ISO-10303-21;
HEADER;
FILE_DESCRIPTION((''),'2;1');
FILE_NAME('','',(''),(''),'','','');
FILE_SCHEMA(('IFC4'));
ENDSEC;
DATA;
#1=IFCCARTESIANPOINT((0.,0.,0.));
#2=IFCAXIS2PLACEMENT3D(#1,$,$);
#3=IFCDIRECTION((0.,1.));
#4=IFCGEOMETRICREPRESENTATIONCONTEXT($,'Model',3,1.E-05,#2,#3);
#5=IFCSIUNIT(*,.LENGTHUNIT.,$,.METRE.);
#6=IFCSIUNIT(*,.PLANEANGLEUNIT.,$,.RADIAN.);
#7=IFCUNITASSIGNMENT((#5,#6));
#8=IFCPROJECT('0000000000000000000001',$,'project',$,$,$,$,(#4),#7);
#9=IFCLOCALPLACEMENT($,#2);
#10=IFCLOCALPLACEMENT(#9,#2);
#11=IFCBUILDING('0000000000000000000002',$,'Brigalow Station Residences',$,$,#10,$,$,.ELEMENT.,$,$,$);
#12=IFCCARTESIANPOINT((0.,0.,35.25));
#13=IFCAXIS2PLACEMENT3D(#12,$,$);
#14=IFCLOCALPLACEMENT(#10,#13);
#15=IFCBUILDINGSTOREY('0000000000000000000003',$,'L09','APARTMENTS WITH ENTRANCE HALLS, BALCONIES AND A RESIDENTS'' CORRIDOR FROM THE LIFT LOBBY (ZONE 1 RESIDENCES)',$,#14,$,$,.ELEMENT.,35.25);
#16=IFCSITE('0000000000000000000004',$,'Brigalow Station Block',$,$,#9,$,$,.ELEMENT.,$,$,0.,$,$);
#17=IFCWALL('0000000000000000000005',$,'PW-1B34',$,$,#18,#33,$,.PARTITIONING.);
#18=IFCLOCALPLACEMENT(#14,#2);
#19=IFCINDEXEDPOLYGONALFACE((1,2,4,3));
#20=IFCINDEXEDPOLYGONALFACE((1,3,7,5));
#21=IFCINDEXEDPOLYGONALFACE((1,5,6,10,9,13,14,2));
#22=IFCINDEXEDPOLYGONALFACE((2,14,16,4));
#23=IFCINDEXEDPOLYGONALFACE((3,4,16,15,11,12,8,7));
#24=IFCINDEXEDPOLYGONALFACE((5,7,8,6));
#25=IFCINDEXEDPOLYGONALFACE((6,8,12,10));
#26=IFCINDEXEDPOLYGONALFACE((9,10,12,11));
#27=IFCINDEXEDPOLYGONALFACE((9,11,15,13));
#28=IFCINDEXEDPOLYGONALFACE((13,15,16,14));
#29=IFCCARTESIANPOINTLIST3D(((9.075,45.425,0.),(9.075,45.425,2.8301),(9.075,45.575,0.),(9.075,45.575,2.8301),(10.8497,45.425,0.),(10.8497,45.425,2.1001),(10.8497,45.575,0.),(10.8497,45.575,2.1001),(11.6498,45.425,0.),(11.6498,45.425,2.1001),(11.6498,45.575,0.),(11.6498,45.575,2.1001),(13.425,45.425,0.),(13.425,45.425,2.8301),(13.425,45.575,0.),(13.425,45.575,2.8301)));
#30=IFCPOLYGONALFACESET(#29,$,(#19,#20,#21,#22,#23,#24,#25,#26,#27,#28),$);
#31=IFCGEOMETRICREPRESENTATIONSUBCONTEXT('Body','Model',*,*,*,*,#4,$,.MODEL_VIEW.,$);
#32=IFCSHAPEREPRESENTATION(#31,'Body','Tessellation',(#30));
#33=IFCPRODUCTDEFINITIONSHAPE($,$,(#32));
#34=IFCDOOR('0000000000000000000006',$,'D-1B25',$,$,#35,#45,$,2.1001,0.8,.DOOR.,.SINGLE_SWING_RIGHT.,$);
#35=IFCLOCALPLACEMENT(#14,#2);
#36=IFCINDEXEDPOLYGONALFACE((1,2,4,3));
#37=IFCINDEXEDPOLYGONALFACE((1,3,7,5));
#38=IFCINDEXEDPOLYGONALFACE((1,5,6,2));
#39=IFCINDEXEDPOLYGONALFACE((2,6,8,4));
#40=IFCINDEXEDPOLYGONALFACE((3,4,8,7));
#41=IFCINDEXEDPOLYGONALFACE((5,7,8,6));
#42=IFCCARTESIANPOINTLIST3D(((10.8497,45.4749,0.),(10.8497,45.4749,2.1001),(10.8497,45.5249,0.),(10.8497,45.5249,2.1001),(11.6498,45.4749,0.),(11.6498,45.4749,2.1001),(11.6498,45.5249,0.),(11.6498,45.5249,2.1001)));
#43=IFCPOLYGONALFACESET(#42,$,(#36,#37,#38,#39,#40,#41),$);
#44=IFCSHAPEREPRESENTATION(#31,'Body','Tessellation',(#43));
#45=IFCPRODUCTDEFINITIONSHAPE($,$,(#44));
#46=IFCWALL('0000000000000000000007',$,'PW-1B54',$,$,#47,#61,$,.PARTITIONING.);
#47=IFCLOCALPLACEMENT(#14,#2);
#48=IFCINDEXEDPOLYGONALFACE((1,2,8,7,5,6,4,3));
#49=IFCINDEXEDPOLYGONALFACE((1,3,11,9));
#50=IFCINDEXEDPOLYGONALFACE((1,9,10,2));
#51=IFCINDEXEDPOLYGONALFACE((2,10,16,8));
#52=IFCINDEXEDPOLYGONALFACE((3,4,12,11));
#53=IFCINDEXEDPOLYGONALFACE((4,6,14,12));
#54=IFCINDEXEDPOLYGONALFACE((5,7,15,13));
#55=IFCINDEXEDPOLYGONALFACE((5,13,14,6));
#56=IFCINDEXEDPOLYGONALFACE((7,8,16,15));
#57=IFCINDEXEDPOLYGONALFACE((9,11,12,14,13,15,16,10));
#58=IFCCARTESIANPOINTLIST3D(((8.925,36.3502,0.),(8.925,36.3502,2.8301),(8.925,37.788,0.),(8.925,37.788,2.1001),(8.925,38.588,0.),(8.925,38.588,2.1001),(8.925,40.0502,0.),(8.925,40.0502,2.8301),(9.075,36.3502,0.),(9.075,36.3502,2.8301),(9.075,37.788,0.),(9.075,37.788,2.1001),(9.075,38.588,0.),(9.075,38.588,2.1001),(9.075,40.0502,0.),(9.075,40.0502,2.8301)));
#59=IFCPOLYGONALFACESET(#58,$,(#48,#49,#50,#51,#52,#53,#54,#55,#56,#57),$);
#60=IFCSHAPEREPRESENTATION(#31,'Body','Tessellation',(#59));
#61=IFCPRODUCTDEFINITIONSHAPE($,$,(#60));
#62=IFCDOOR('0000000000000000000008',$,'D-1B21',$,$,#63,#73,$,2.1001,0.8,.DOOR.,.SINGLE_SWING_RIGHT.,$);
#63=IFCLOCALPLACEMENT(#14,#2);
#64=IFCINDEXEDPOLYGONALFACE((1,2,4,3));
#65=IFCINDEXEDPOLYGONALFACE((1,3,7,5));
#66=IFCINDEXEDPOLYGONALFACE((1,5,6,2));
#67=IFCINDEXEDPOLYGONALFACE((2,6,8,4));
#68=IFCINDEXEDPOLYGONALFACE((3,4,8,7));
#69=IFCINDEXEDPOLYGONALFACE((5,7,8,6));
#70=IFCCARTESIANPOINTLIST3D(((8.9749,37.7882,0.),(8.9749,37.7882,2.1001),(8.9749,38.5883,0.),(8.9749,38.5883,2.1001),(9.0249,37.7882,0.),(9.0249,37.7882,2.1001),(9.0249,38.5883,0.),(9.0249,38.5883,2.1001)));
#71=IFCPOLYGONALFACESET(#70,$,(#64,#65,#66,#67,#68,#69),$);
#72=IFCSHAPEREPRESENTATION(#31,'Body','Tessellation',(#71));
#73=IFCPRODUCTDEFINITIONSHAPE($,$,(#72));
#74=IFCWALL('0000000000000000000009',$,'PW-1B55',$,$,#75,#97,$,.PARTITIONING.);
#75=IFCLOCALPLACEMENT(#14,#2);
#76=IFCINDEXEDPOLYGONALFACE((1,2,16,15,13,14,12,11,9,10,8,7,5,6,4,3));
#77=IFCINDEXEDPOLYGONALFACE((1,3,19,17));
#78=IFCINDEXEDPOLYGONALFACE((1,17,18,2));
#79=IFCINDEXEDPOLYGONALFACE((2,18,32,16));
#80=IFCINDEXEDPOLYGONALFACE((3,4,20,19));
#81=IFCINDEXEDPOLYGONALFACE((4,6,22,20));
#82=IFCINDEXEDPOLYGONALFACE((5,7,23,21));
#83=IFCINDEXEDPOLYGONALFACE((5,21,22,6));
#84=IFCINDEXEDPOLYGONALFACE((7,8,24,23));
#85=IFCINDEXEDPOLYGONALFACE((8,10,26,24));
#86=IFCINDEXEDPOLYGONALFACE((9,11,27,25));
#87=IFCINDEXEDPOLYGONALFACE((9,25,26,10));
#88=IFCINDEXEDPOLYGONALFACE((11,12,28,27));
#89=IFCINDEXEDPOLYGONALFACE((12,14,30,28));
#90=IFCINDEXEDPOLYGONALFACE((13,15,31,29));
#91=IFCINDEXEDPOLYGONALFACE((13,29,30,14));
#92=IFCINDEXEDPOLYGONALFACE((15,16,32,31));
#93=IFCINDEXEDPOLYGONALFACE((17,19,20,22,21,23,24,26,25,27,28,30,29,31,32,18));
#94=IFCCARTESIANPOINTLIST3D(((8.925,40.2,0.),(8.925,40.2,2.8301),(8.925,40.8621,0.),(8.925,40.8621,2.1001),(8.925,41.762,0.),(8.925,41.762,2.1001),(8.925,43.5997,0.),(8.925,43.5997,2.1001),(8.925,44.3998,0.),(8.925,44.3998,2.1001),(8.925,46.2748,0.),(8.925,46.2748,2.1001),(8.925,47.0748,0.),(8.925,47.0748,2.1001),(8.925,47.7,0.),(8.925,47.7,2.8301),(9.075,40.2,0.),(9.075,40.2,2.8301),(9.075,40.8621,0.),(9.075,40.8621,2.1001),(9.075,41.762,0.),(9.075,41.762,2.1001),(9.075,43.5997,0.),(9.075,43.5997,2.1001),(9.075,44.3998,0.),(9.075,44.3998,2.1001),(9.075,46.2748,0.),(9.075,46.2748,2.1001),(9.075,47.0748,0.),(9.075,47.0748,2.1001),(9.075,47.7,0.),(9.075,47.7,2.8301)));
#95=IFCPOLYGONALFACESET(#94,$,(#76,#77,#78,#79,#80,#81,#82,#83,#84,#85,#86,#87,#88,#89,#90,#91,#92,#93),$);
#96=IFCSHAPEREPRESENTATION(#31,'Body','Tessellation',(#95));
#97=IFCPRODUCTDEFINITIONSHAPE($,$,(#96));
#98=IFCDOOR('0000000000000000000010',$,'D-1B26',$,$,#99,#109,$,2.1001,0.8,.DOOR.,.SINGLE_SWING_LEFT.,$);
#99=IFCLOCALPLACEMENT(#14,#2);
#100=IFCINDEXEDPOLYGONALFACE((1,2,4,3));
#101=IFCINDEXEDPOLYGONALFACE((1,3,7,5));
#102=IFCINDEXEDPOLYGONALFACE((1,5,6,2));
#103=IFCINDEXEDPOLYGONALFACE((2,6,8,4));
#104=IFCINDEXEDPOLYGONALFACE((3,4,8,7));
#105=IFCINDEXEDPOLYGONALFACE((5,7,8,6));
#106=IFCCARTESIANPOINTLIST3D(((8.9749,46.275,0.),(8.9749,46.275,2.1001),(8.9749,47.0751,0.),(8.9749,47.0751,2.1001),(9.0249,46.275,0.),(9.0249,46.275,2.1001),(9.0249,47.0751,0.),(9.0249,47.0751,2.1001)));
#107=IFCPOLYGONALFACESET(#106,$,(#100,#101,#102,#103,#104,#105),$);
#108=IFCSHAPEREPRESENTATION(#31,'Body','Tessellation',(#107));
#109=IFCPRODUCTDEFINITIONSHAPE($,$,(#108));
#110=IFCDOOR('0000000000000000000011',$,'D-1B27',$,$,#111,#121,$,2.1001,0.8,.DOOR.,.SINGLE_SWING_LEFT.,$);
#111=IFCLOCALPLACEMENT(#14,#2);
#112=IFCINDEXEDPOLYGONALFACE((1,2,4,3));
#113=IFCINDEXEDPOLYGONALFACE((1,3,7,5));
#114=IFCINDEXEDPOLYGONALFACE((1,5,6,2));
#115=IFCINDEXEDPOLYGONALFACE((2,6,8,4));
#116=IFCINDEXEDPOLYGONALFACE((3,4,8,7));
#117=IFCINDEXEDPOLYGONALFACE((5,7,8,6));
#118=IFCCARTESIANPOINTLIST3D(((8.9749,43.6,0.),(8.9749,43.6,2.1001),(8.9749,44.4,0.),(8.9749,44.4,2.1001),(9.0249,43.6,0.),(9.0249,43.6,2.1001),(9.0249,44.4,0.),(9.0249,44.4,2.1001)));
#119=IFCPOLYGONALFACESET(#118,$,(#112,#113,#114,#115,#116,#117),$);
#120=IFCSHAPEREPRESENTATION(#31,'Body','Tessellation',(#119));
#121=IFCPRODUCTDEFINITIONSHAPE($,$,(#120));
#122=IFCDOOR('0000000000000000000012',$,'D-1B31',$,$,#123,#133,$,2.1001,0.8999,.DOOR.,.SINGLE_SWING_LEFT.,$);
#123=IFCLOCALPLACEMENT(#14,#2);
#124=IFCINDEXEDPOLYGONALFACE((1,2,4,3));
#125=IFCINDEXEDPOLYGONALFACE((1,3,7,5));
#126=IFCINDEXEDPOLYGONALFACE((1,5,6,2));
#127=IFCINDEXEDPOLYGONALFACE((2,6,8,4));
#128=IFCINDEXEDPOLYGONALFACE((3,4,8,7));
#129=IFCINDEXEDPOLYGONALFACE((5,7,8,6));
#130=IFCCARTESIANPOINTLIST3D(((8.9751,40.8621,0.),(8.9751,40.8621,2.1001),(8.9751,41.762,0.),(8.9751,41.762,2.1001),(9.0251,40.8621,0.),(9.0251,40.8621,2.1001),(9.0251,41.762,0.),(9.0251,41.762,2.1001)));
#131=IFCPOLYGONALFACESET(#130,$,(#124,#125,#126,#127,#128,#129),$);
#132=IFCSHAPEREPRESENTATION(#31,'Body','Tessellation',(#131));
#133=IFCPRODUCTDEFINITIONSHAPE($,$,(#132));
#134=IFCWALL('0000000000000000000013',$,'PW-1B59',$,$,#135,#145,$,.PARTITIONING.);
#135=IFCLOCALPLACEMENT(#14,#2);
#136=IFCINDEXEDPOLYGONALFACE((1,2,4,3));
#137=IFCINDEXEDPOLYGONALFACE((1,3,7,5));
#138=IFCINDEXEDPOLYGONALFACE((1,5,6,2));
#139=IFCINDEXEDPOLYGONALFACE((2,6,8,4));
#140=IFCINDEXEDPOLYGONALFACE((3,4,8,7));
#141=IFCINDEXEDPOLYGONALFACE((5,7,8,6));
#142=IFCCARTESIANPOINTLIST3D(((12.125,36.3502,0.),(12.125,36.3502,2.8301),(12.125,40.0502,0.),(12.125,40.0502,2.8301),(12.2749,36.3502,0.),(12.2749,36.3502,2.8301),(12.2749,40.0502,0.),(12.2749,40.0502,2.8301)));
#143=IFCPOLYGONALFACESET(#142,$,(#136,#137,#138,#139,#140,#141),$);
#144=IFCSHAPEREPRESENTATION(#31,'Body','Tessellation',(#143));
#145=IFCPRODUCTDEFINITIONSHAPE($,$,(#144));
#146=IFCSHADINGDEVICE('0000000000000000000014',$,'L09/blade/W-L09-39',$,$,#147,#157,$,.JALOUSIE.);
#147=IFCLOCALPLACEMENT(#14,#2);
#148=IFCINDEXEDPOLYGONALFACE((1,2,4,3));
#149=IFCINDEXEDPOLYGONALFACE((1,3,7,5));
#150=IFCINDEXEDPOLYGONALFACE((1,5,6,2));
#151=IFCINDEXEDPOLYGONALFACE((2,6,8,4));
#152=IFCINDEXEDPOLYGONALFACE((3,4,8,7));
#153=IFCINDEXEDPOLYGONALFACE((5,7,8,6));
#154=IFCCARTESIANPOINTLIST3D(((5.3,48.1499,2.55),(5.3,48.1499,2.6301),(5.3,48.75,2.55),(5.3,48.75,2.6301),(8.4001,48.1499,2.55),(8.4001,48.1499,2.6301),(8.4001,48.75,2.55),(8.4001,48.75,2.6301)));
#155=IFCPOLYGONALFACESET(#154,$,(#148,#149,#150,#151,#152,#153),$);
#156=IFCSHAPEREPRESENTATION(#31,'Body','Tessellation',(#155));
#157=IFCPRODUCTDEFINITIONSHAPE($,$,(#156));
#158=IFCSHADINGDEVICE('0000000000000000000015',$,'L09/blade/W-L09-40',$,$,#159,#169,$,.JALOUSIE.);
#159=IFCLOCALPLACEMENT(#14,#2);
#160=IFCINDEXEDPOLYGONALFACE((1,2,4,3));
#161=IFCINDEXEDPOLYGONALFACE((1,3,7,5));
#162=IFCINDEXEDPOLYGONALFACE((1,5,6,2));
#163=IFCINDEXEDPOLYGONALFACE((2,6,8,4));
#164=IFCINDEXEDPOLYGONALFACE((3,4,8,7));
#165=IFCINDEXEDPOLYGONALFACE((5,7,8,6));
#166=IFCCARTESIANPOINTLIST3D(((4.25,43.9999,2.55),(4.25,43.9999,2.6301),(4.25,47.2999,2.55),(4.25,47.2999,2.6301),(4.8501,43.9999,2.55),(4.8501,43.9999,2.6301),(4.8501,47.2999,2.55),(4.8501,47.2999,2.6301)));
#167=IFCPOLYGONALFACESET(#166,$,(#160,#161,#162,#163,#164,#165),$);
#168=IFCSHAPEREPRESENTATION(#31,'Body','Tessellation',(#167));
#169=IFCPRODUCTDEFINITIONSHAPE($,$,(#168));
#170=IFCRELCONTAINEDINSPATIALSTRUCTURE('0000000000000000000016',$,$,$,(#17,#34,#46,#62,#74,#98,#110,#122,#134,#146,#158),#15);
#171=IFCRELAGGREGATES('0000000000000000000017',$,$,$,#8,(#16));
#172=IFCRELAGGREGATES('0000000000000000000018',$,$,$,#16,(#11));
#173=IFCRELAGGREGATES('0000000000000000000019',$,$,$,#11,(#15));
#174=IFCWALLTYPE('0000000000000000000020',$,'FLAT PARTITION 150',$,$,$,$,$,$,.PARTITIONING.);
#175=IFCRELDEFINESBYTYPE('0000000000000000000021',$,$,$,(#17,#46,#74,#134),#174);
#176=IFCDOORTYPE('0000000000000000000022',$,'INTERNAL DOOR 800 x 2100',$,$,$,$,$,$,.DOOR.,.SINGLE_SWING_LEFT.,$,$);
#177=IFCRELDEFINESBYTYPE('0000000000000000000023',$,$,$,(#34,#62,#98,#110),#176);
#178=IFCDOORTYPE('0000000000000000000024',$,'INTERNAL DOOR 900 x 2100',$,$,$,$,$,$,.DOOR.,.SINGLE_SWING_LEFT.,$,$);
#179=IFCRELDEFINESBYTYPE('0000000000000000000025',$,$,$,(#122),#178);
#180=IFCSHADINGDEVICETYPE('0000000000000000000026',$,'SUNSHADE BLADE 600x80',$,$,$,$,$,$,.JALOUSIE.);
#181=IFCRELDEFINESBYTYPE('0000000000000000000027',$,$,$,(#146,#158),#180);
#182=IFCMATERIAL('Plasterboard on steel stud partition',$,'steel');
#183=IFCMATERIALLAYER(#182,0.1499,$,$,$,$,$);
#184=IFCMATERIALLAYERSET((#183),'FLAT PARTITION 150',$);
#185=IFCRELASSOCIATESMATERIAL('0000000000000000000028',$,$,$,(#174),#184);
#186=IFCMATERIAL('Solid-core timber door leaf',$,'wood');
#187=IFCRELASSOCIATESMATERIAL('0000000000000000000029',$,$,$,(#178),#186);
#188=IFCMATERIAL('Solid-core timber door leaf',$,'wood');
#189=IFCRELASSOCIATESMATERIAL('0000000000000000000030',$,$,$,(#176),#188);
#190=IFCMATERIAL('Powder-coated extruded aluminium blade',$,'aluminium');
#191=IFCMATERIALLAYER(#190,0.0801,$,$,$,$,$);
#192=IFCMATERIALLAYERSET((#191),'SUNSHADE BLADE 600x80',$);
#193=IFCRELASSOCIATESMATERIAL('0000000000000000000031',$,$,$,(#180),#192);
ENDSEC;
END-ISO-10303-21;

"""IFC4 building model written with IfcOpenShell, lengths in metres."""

from ifc_helpers import new_model, si_unit, direction, frame, frame_2d, origin, origin_2d, place, context, subcontext, project, spatial, rectangle, extrude, material, layer, layer_set, type_object, element, fill, save


model = new_model("IFC4")

# Units and contexts
model_context = context("Model", 3, precision=1e-05, world=origin(), true_north=direction((0.0, 1.0)))
body_context = subcontext(model_context, "Body", "Model", "MODEL_VIEW")
ifc_project = project(units=[si_unit("LENGTHUNIT", "METRE"), si_unit("PLANEANGLEUNIT", "RADIAN")], contexts=[model_context])

# Site, building, storey
site_placement = place(None, origin())
site = spatial("IfcSite", under=ifc_project, at=site_placement, Name="Brigalow Station Block", CompositionType="ELEMENT", RefElevation=0.0)
building_placement = place(site_placement, origin())
building = spatial("IfcBuilding", under=site, at=building_placement, Name="Brigalow Station Residences", CompositionType="ELEMENT")
storey_placement = place(building_placement, frame((0.0, 0.0, 35.25)))
storey = spatial("IfcBuildingStorey", under=building, at=storey_placement, Name="L09", Description="APARTMENTS WITH ENTRANCE HALLS, BALCONIES AND A RESIDENTS' CORRIDOR FROM THE LIFT LOBBY (ZONE 1 RESIDENCES)", CompositionType="ELEMENT", Elevation=35.25)

# Shared definitions
ifc_material_1 = material(Name="Plasterboard on steel stud partition", Category="steel")
ifc_layer_1 = layer(ifc_material_1, 0.1499)
ifc_layer_set_1 = layer_set([ifc_layer_1], Name="FLAT PARTITION 150")
wall_type_1 = type_object("IfcWallType", Name="FLAT PARTITION 150", PredefinedType="PARTITIONING", material=ifc_layer_set_1)
ifc_material_2 = material(Name="Solid-core timber door leaf", Category="wood")
door_type_1 = type_object("IfcDoorType", Name="INTERNAL DOOR 900 x 2100", OperationType="SINGLE_SWING_LEFT", PredefinedType="DOOR", material=ifc_material_2)

# Walls, openings, doors
wall_1_placement = place(storey_placement, frame((9.075, 45.5, 0.0), z_axis=(0.0, 0.0, 1.0), x_axis=(1.0, 0.0, 0.0)))
wall_1 = element("IfcWall", 1, at=wall_1_placement, inside=storey, type_object=wall_type_1, Name="PW-1B34", PredefinedType="PARTITIONING", context=body_context, shape_type="SweptSolid", body=[
    extrude(rectangle(XDim=4.3501, YDim=0.1499, at=frame_2d((2.175, 0.0))), origin(), (0.0, 0.0, 1.0), 2.8301),
])
opening_1_placement = place(wall_1_placement, frame((1.7749, 0.0, 0.0)))
opening_1 = element("IfcOpeningElement", 2, at=opening_1_placement, cuts=wall_1, PredefinedType="OPENING", context=body_context, shape_type="SweptSolid", body=[
    extrude(rectangle(XDim=0.8, YDim=2.1001, at=frame_2d((0.3999, 1.05))), frame((0.0, 0.085, 0.0), z_axis=(0.0, -1.0, 0.0), x_axis=(1.0, 0.0, 0.0)), (0.0, 0.0, 1.0), 0.1699),
])
ifc_material_3 = material(Name="Solid-core timber door leaf", Category="wood")
door_type_2 = type_object("IfcDoorType", Name="INTERNAL DOOR 800 x 2100", OperationType="SINGLE_SWING_LEFT", PredefinedType="DOOR", material=ifc_material_3)
door_1_placement = place(opening_1_placement, origin())
door_1 = element("IfcDoor", 3, at=door_1_placement, inside=storey, type_object=door_type_2, Name="D-1B25", OperationType="SINGLE_SWING_RIGHT", OverallHeight=2.1001, OverallWidth=0.8, PredefinedType="DOOR", context=body_context, shape_type="SweptSolid", body=[
    extrude(rectangle(XDim=0.8, YDim=2.1001, at=frame_2d((0.3999, 1.05))), frame((0.0, 0.0249, 0.0), z_axis=(0.0, -1.0, 0.0), x_axis=(1.0, 0.0, 0.0)), (0.0, 0.0, 1.0), 0.05),
])
fill(opening_1, door_1)
wall_2_placement = place(storey_placement, frame((9.0, 36.3501, 0.0), z_axis=(0.0, 0.0, 1.0), x_axis=(0.0, 1.0, 0.0)))
wall_2 = element("IfcWall", 4, at=wall_2_placement, inside=storey, type_object=wall_type_1, Name="PW-1B54", PredefinedType="PARTITIONING", context=body_context, shape_type="SweptSolid", body=[
    extrude(rectangle(XDim=3.7, YDim=0.1499, at=frame_2d((1.8501, 0.0))), origin(), (0.0, 0.0, 1.0), 2.8301),
])
opening_2_placement = place(wall_2_placement, frame((1.438, 0.0, 0.0)))
opening_2 = element("IfcOpeningElement", 5, at=opening_2_placement, cuts=wall_2, PredefinedType="OPENING", context=body_context, shape_type="SweptSolid", body=[
    extrude(rectangle(XDim=0.8, YDim=2.1001, at=frame_2d((0.3999, 1.05))), frame((0.0, 0.085, 0.0), z_axis=(0.0, -1.0, 0.0), x_axis=(1.0, 0.0, 0.0)), (0.0, 0.0, 1.0), 0.1699),
])
door_2_placement = place(opening_2_placement, frame((0.8, 0.0, 0.0), z_axis=(0.0, 0.0, 1.0), x_axis=(-1.0, 0.0, 0.0)))
door_2 = element("IfcDoor", 6, at=door_2_placement, inside=storey, type_object=door_type_2, Name="D-1B21", OperationType="SINGLE_SWING_RIGHT", OverallHeight=2.1001, OverallWidth=0.8, PredefinedType="DOOR", context=body_context, shape_type="SweptSolid", body=[
    extrude(rectangle(XDim=0.8, YDim=2.1001, at=frame_2d((0.3999, 1.05))), frame((0.0, 0.0249, 0.0), z_axis=(0.0, -1.0, 0.0), x_axis=(1.0, 0.0, 0.0)), (0.0, 0.0, 1.0), 0.05),
])
fill(opening_2, door_2)

# Wall, openings, doors
wall_3_placement = place(storey_placement, frame((9.0, 40.2, 0.0), z_axis=(0.0, 0.0, 1.0), x_axis=(0.0, 1.0, 0.0)))
wall_3 = element("IfcWall", 7, at=wall_3_placement, inside=storey, type_object=wall_type_1, Name="PW-1B55", PredefinedType="PARTITIONING", context=body_context, shape_type="SweptSolid", body=[
    extrude(rectangle(XDim=7.5, YDim=0.1499, at=frame_2d((3.75, 0.0))), origin(), (0.0, 0.0, 1.0), 2.8301),
])
opening_3_placement = place(wall_3_placement, frame((6.075, 0.0, 0.0)))
opening_3 = element("IfcOpeningElement", 8, at=opening_3_placement, cuts=wall_3, PredefinedType="OPENING", context=body_context, shape_type="SweptSolid", body=[
    extrude(rectangle(XDim=0.8, YDim=2.1001, at=frame_2d((0.3999, 1.05))), frame((0.0, 0.085, 0.0), z_axis=(0.0, -1.0, 0.0), x_axis=(1.0, 0.0, 0.0)), (0.0, 0.0, 1.0), 0.1699),
])
opening_4_placement = place(wall_3_placement, frame((3.3999, 0.0, 0.0)))
opening_4 = element("IfcOpeningElement", 9, at=opening_4_placement, cuts=wall_3, PredefinedType="OPENING", context=body_context, shape_type="SweptSolid", body=[
    extrude(rectangle(XDim=0.8, YDim=2.1001, at=frame_2d((0.3999, 1.05))), frame((0.0, 0.085, 0.0), z_axis=(0.0, -1.0, 0.0), x_axis=(1.0, 0.0, 0.0)), (0.0, 0.0, 1.0), 0.1699),
])
opening_5_placement = place(wall_3_placement, frame((0.6621, 0.0, 0.0)))
opening_5 = element("IfcOpeningElement", 10, at=opening_5_placement, cuts=wall_3, PredefinedType="OPENING", context=body_context, shape_type="SweptSolid", body=[
    extrude(rectangle(XDim=0.8999, YDim=2.1001, at=frame_2d((0.45, 1.05))), frame((0.0, 0.085, 0.0), z_axis=(0.0, -1.0, 0.0), x_axis=(1.0, 0.0, 0.0)), (0.0, 0.0, 1.0), 0.1699),
])
door_3_placement = place(opening_3_placement, frame((0.8, 0.0, 0.0), z_axis=(0.0, 0.0, 1.0), x_axis=(-1.0, 0.0, 0.0)))
door_3 = element("IfcDoor", 11, at=door_3_placement, inside=storey, type_object=door_type_2, Name="D-1B26", OperationType="SINGLE_SWING_LEFT", OverallHeight=2.1001, OverallWidth=0.8, PredefinedType="DOOR", context=body_context, shape_type="SweptSolid", body=[
    extrude(rectangle(XDim=0.8, YDim=2.1001, at=frame_2d((0.3999, 1.05))), frame((0.0, 0.0249, 0.0), z_axis=(0.0, -1.0, 0.0), x_axis=(1.0, 0.0, 0.0)), (0.0, 0.0, 1.0), 0.05),
])
fill(opening_3, door_3)
door_4_placement = place(opening_4_placement, frame((0.8, 0.0, 0.0), z_axis=(0.0, 0.0, 1.0), x_axis=(-1.0, 0.0, 0.0)))
door_4 = element("IfcDoor", 12, at=door_4_placement, inside=storey, type_object=door_type_2, Name="D-1B27", OperationType="SINGLE_SWING_LEFT", OverallHeight=2.1001, OverallWidth=0.8, PredefinedType="DOOR", context=body_context, shape_type="SweptSolid", body=[
    extrude(rectangle(XDim=0.8, YDim=2.1001, at=frame_2d((0.3999, 1.05))), frame((0.0, 0.0249, 0.0), z_axis=(0.0, -1.0, 0.0), x_axis=(1.0, 0.0, 0.0)), (0.0, 0.0, 1.0), 0.05),
])
fill(opening_4, door_4)
door_5_placement = place(opening_5_placement, origin())
door_5 = element("IfcDoor", 13, at=door_5_placement, inside=storey, type_object=door_type_1, Name="D-1B31", OperationType="SINGLE_SWING_LEFT", OverallHeight=2.1001, OverallWidth=0.8999, PredefinedType="DOOR", context=body_context, shape_type="SweptSolid", body=[
    extrude(rectangle(XDim=0.8999, YDim=2.1001, at=frame_2d((0.45, 1.05))), frame((0.0, 0.0249, 0.0), z_axis=(0.0, -1.0, 0.0), x_axis=(1.0, 0.0, 0.0)), (0.0, 0.0, 1.0), 0.05),
])
fill(opening_5, door_5)

# Wall
wall_4_placement = place(storey_placement, frame((12.2, 36.3501, 0.0), z_axis=(0.0, 0.0, 1.0), x_axis=(0.0, 1.0, 0.0)))
element("IfcWall", 14, at=wall_4_placement, inside=storey, type_object=wall_type_1, Name="PW-1B59", PredefinedType="PARTITIONING", context=body_context, shape_type="SweptSolid", body=[
    extrude(rectangle(XDim=3.7, YDim=0.1499, at=frame_2d((1.8501, 0.0))), origin(), (0.0, 0.0, 1.0), 2.8301),
])

# Shading devices
ifc_material_4 = material(Name="Powder-coated extruded aluminium blade", Category="aluminium")
ifc_layer_2 = layer(ifc_material_4, 0.0801)
ifc_layer_set_2 = layer_set([ifc_layer_2], Name="SUNSHADE BLADE 600x80")
shading_device_type = type_object("IfcShadingDeviceType", Name="SUNSHADE BLADE 600x80", PredefinedType="JALOUSIE", material=ifc_layer_set_2)
shading_device_1_placement = place(storey_placement, frame((6.8501, 48.45, 2.55), z_axis=(0.0, 0.0, 1.0), x_axis=(-1.0, 0.0, 0.0)))
element("IfcShadingDevice", 15, at=shading_device_1_placement, inside=storey, type_object=shading_device_type, Name="L09/blade/W-L09-39", PredefinedType="JALOUSIE", context=body_context, shape_type="SweptSolid", body=[
    extrude(rectangle(XDim=3.1001, YDim=0.6001, at=origin_2d()), origin(), (0.0, 0.0, 1.0), 0.0801),
])
shading_device_2_placement = place(storey_placement, frame((4.55, 45.6499, 2.55), z_axis=(0.0, 0.0, 1.0), x_axis=(0.0, -1.0, 0.0)))
element("IfcShadingDevice", 16, at=shading_device_2_placement, inside=storey, type_object=shading_device_type, Name="L09/blade/W-L09-40", PredefinedType="JALOUSIE", context=body_context, shape_type="SweptSolid", body=[
    extrude(rectangle(XDim=3.3, YDim=0.6001, at=origin_2d()), origin(), (0.0, 0.0, 1.0), 0.0801),
])

save(model, "model.ifc")
